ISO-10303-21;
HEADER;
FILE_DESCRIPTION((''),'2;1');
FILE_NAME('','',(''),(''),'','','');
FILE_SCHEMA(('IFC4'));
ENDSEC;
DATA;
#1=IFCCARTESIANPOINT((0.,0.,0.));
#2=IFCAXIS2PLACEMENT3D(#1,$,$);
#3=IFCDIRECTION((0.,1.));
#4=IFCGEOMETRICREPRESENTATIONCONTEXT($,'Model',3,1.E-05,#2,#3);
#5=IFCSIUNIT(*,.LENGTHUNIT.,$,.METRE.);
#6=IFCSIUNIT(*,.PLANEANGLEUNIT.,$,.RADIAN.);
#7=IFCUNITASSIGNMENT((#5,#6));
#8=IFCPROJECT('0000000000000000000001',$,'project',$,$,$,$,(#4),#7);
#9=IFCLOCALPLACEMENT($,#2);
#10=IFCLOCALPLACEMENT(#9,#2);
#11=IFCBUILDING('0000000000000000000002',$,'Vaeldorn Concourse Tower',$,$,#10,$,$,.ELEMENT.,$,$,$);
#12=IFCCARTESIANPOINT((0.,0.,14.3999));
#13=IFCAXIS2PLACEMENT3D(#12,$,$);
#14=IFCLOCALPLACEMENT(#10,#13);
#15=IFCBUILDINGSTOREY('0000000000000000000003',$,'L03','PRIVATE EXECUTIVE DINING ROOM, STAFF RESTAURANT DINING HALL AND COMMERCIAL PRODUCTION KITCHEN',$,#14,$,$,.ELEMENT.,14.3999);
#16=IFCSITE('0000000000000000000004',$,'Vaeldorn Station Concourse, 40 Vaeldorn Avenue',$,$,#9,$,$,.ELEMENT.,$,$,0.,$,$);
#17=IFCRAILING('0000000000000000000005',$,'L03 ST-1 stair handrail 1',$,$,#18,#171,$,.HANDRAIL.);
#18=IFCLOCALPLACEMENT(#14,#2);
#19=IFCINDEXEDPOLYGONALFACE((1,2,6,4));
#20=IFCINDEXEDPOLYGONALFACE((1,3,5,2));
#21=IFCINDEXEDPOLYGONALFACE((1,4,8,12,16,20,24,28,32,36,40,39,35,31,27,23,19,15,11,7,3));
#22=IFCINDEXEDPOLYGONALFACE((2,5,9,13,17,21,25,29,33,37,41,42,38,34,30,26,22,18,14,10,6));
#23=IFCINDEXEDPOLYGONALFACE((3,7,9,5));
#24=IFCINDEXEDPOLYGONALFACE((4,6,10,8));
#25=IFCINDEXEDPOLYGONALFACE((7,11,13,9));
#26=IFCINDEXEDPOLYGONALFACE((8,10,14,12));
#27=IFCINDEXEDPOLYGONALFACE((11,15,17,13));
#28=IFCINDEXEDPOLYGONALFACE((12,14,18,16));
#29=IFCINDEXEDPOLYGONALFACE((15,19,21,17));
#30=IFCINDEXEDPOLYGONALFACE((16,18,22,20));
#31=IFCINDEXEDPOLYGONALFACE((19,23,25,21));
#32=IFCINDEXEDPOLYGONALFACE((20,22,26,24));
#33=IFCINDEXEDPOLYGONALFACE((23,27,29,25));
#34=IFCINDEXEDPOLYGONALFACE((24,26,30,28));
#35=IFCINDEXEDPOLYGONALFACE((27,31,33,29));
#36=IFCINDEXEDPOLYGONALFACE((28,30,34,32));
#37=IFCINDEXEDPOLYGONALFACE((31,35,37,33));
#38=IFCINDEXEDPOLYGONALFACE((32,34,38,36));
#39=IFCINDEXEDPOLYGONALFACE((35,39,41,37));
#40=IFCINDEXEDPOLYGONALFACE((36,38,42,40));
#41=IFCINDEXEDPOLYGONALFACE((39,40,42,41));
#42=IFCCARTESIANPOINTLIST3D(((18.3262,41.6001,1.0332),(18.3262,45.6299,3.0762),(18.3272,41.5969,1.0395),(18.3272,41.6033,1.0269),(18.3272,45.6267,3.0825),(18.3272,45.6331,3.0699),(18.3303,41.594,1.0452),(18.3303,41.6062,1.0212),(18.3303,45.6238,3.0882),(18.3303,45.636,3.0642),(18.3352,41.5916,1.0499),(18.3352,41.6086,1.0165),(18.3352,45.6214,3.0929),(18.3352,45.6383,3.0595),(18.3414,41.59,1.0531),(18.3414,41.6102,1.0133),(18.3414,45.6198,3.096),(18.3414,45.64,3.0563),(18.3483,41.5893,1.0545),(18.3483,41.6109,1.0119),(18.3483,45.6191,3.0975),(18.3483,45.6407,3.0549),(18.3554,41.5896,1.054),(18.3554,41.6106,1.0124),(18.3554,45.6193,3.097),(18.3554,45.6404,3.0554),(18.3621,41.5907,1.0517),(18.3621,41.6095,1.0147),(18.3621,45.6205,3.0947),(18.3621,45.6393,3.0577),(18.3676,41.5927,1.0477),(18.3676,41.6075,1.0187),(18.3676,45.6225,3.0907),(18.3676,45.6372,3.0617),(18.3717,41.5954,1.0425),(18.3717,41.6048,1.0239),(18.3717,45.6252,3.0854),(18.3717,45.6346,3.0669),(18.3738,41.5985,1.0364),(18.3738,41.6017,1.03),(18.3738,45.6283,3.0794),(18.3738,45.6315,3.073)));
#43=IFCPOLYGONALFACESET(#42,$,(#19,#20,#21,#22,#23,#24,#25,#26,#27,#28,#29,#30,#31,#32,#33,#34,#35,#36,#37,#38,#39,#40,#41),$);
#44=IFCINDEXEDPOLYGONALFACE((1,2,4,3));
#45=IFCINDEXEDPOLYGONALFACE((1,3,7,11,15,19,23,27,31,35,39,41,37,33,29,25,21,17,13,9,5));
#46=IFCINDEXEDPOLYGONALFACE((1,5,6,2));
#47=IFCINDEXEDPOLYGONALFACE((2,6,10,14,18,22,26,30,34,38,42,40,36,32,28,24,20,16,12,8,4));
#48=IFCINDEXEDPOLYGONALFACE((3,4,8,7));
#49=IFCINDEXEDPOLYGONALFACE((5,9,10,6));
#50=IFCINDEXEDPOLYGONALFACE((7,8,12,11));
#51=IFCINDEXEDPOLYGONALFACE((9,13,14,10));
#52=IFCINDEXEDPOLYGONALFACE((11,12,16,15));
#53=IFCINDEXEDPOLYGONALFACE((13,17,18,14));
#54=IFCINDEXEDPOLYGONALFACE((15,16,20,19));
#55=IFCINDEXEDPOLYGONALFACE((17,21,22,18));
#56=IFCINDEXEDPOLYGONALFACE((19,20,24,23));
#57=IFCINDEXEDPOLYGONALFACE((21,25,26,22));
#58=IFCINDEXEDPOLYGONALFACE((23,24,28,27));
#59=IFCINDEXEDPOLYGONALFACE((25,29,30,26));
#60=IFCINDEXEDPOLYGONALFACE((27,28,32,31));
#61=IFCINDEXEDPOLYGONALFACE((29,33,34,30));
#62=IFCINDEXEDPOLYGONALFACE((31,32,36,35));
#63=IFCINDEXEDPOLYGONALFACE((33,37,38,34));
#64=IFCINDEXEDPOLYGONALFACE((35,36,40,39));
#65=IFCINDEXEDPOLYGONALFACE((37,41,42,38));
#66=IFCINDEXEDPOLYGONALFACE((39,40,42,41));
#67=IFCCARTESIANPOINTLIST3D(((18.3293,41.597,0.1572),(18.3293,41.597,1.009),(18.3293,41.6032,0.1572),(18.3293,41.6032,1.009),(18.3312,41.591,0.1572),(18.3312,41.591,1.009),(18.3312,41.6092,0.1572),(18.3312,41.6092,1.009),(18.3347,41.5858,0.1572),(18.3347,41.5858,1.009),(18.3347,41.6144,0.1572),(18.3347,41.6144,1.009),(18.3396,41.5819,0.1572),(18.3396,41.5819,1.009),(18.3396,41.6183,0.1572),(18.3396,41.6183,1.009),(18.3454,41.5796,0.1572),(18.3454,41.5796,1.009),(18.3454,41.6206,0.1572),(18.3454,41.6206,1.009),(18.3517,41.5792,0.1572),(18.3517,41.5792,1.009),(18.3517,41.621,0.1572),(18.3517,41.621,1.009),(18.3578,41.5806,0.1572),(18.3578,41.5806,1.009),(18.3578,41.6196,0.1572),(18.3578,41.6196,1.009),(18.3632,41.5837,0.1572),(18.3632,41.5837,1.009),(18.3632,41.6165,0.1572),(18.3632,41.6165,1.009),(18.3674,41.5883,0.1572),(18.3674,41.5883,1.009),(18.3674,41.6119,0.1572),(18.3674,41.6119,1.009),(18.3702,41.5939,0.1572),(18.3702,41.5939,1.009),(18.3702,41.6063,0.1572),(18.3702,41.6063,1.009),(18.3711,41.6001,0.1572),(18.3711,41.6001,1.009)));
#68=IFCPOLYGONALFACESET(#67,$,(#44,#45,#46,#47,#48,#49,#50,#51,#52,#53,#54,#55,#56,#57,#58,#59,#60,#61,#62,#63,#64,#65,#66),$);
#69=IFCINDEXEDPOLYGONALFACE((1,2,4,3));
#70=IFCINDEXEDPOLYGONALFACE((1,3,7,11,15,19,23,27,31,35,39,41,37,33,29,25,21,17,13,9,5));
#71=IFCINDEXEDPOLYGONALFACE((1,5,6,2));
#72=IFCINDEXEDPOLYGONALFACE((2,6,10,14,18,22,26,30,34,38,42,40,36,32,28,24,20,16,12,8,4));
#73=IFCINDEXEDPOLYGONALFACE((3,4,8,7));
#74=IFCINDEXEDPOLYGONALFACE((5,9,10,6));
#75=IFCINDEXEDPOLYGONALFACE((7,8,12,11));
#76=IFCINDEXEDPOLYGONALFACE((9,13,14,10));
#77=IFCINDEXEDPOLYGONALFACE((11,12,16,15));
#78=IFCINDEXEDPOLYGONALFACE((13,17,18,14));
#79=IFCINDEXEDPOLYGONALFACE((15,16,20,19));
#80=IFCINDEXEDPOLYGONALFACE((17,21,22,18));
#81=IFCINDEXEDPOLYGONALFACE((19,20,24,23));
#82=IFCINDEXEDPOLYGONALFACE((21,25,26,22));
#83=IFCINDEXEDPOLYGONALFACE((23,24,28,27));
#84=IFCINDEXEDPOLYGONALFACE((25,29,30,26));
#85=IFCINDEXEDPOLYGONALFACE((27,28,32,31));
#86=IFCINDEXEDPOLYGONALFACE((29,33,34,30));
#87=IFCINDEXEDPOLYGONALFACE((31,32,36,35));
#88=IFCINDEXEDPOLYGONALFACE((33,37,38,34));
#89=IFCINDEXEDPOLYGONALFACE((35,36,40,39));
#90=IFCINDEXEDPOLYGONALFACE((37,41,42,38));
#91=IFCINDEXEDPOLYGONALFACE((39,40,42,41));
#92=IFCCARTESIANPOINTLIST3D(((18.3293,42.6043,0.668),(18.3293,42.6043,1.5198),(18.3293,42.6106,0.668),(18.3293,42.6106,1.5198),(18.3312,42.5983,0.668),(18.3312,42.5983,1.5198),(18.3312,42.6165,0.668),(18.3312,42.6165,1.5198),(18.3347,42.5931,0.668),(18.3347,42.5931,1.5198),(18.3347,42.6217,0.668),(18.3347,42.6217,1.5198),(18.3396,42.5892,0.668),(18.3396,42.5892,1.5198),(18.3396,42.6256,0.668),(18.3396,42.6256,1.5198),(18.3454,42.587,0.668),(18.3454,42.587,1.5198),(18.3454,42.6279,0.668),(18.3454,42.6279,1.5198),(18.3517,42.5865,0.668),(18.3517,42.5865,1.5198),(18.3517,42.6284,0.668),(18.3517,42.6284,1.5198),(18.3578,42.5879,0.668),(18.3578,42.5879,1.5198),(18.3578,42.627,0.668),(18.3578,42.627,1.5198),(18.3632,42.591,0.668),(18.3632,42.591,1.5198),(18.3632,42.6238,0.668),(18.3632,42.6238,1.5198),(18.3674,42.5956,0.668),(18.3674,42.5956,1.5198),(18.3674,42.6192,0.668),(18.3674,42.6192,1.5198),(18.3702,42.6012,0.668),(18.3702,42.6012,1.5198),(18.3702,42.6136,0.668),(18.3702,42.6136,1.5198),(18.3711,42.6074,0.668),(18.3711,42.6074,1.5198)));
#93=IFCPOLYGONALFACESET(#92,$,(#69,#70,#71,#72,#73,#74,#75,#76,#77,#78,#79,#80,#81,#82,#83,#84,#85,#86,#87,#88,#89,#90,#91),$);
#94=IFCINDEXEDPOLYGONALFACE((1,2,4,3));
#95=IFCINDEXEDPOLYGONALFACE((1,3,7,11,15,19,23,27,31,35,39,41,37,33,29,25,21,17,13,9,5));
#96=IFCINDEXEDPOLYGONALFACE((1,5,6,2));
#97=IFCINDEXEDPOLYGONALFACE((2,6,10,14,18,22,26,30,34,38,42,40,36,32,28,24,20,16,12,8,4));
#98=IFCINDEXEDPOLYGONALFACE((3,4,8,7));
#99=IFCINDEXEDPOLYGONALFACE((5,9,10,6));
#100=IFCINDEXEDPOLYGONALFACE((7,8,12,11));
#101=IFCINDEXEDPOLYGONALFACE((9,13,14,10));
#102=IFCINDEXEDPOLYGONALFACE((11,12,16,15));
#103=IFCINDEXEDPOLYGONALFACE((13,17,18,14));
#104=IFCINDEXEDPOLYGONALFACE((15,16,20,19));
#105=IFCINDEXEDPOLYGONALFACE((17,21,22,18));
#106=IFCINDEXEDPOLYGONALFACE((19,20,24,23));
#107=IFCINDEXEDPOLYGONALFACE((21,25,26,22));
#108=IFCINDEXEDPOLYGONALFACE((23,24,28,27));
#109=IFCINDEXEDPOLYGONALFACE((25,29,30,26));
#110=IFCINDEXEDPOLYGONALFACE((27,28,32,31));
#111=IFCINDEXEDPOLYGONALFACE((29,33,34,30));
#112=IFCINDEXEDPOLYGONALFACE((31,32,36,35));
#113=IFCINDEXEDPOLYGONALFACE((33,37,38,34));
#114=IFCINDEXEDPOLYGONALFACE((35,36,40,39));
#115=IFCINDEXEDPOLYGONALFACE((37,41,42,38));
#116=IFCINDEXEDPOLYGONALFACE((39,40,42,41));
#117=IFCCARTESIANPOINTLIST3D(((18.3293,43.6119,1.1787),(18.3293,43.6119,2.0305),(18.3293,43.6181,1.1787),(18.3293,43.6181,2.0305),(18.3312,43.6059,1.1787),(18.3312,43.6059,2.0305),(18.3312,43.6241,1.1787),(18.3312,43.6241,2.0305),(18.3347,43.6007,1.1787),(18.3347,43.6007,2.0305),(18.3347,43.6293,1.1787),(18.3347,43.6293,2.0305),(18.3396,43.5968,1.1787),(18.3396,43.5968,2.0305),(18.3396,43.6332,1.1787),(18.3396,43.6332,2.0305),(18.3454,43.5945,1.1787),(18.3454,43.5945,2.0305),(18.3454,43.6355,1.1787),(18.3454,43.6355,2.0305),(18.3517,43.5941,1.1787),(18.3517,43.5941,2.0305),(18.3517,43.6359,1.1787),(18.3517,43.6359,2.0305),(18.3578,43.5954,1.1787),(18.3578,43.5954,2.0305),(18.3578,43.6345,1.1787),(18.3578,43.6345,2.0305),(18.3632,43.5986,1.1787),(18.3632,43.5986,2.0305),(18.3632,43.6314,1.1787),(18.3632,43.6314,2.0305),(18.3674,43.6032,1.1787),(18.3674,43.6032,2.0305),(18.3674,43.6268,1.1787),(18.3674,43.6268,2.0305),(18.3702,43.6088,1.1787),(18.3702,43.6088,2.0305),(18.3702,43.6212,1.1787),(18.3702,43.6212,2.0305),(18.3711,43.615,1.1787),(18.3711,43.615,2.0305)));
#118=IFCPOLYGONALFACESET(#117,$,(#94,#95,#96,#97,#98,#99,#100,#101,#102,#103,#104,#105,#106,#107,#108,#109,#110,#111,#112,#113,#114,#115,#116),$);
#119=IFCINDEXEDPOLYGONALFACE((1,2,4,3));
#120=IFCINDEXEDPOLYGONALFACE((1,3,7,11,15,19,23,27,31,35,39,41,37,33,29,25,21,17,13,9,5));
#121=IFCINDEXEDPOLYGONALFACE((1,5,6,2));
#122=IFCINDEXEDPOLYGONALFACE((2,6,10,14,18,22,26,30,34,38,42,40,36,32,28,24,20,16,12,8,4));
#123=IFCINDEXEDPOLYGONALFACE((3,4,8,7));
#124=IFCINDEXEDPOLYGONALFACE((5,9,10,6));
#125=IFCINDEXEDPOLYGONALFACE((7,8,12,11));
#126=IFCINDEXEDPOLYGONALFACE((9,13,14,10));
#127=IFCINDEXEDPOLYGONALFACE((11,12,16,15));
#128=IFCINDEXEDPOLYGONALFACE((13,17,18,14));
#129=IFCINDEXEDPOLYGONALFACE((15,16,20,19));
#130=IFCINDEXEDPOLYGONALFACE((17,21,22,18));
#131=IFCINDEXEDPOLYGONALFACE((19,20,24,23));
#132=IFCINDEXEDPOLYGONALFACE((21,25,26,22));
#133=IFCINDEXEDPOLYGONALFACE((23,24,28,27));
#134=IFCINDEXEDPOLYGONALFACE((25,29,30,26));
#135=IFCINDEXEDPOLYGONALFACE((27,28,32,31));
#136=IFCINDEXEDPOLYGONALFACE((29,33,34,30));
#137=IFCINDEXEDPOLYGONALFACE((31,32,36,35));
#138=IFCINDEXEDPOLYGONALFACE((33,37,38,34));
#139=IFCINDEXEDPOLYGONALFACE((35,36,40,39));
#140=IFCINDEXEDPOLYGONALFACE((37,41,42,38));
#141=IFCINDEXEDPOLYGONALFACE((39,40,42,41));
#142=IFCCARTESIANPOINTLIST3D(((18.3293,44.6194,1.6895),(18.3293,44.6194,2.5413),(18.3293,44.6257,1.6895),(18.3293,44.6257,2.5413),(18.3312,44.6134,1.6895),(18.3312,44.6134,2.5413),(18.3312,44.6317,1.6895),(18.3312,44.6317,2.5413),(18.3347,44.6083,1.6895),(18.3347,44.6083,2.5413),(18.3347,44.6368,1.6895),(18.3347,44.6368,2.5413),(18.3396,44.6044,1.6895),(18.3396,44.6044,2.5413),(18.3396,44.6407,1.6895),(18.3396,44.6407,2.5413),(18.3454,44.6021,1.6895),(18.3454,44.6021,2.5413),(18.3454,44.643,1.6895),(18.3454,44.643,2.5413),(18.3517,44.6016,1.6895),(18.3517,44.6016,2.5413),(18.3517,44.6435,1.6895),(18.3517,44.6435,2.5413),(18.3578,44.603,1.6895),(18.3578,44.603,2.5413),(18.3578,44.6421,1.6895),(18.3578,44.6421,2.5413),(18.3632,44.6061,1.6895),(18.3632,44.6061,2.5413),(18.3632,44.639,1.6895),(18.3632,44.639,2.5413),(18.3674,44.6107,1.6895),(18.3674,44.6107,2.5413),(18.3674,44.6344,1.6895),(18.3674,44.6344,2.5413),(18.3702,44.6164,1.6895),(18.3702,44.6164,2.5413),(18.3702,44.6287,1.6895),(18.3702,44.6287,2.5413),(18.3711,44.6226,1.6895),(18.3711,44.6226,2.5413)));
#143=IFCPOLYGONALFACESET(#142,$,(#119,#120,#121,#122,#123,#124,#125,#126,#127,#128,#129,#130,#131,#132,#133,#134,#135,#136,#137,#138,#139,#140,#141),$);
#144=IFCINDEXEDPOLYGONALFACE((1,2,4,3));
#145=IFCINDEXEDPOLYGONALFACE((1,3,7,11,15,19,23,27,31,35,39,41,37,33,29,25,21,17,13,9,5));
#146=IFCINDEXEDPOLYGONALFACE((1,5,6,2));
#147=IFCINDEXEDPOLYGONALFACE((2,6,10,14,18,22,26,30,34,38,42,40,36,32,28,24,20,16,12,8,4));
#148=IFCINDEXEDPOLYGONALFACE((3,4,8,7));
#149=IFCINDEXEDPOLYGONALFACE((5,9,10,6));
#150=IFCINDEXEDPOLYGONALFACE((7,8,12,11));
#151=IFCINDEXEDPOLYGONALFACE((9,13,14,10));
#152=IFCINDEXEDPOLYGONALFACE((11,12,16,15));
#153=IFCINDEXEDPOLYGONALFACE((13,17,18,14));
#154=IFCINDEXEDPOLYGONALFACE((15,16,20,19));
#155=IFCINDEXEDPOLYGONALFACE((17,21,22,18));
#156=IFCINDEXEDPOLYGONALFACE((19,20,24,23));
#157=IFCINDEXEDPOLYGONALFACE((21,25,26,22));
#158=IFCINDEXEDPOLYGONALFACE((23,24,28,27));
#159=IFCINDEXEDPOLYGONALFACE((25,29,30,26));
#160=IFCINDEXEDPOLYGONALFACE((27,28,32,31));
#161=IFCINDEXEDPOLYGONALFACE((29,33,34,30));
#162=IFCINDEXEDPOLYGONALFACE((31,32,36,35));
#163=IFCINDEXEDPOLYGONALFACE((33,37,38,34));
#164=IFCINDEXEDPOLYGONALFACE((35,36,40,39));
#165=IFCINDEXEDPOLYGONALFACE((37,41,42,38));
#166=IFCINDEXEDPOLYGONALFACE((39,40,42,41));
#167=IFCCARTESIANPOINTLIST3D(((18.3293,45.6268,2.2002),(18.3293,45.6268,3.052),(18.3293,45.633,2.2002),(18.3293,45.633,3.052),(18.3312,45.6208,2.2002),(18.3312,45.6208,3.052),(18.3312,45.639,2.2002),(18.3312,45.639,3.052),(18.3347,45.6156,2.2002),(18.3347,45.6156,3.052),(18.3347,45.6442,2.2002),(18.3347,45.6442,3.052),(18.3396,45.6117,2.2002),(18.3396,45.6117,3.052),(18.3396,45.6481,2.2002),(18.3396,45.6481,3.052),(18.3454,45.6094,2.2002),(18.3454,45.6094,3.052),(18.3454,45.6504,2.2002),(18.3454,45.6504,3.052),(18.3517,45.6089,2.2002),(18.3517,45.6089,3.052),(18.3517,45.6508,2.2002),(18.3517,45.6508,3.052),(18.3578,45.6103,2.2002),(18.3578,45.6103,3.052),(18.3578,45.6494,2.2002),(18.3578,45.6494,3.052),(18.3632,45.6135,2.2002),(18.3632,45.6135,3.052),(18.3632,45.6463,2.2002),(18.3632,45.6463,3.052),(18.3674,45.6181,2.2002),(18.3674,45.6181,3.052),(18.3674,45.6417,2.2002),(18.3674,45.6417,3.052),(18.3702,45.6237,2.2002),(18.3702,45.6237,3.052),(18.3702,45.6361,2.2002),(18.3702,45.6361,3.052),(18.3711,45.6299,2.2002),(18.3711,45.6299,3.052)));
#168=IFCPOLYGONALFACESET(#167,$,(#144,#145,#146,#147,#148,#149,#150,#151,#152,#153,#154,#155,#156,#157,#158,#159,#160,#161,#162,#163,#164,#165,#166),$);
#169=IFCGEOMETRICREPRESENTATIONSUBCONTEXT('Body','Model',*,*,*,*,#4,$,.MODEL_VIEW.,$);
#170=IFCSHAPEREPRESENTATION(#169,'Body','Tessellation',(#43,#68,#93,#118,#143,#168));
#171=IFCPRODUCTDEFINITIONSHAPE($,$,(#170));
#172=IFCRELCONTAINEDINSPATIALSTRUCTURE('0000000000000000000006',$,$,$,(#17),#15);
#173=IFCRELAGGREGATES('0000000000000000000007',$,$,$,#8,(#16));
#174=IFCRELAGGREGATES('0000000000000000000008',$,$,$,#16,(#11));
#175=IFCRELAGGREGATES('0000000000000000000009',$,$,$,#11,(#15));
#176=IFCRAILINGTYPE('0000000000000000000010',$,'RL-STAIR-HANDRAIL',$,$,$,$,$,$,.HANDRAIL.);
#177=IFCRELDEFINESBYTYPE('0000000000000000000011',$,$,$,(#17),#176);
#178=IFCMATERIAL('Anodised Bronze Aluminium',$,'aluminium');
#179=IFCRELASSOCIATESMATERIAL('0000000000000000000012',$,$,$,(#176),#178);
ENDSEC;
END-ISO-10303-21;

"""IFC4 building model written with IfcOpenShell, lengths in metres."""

from ifc_helpers import new_model, si_unit, direction, frame, origin, origin_2d, place, context, subcontext, project, spatial, circle, extrude, material, type_object, element, save


model = new_model("IFC4")

# Units and contexts
model_context = context("Model", 3, precision=1e-05, world=origin(), true_north=direction((0.0, 1.0)))
body_context = subcontext(model_context, "Body", "Model", "MODEL_VIEW")
ifc_project = project(units=[si_unit("LENGTHUNIT", "METRE"), si_unit("PLANEANGLEUNIT", "RADIAN")], contexts=[model_context])

# Site, building, storey
site_placement = place(None, origin())
site = spatial("IfcSite", under=ifc_project, at=site_placement, Name="Vaeldorn Station Concourse, 40 Vaeldorn Avenue", CompositionType="ELEMENT", RefElevation=0.0)
building_placement = place(site_placement, origin())
building = spatial("IfcBuilding", under=site, at=building_placement, Name="Vaeldorn Concourse Tower", CompositionType="ELEMENT")
storey_placement = place(building_placement, frame((0.0, 0.0, 14.3999)))
storey = spatial("IfcBuildingStorey", under=building, at=storey_placement, Name="L03", Description="PRIVATE EXECUTIVE DINING ROOM, STAFF RESTAURANT DINING HALL AND COMMERCIAL PRODUCTION KITCHEN", CompositionType="ELEMENT", Elevation=14.3999)

# Shared definitions
ifc_material_1 = material(Name="Anodised Bronze Aluminium", Category="aluminium")

# Railing
railing_type_1 = type_object("IfcRailingType", Name="RL-STAIR-HANDRAIL", PredefinedType="HANDRAIL", material=ifc_material_1)
railing_1_placement = place(storey_placement, frame((18.3501, 41.6001, 0.1572)))
element("IfcRailing", 1, at=railing_1_placement, inside=storey, type_object=railing_type_1, Name="L03 ST-1 stair handrail 1", PredefinedType="HANDRAIL", context=body_context, shape_type="SweptSolid", body=[
    extrude(circle(Radius=0.0239, at=origin_2d()), frame((0.0, 0.0, 0.876), z_axis=(0.0, 0.891928, 0.452178), x_axis=(-1.0, 0.0, 0.0)), (0.0, 0.0, 1.0), 4.5181),
    extrude(circle(Radius=0.021, at=origin_2d()), origin(), (0.0, 0.0, 1.0), 0.8518),
    extrude(circle(Radius=0.021, at=origin_2d()), frame((0.0, 1.0073, 0.5107)), (0.0, 0.0, 1.0), 0.8518),
    extrude(circle(Radius=0.021, at=origin_2d()), frame((0.0, 2.0149, 1.0215)), (0.0, 0.0, 1.0), 0.8518),
    extrude(circle(Radius=0.021, at=origin_2d()), frame((0.0, 3.0225, 1.5322)), (0.0, 0.0, 1.0), 0.8518),
    extrude(circle(Radius=0.021, at=origin_2d()), frame((0.0, 4.0298, 2.043)), (0.0, 0.0, 1.0), 0.8518),
])

save(model, "model.ifc")
